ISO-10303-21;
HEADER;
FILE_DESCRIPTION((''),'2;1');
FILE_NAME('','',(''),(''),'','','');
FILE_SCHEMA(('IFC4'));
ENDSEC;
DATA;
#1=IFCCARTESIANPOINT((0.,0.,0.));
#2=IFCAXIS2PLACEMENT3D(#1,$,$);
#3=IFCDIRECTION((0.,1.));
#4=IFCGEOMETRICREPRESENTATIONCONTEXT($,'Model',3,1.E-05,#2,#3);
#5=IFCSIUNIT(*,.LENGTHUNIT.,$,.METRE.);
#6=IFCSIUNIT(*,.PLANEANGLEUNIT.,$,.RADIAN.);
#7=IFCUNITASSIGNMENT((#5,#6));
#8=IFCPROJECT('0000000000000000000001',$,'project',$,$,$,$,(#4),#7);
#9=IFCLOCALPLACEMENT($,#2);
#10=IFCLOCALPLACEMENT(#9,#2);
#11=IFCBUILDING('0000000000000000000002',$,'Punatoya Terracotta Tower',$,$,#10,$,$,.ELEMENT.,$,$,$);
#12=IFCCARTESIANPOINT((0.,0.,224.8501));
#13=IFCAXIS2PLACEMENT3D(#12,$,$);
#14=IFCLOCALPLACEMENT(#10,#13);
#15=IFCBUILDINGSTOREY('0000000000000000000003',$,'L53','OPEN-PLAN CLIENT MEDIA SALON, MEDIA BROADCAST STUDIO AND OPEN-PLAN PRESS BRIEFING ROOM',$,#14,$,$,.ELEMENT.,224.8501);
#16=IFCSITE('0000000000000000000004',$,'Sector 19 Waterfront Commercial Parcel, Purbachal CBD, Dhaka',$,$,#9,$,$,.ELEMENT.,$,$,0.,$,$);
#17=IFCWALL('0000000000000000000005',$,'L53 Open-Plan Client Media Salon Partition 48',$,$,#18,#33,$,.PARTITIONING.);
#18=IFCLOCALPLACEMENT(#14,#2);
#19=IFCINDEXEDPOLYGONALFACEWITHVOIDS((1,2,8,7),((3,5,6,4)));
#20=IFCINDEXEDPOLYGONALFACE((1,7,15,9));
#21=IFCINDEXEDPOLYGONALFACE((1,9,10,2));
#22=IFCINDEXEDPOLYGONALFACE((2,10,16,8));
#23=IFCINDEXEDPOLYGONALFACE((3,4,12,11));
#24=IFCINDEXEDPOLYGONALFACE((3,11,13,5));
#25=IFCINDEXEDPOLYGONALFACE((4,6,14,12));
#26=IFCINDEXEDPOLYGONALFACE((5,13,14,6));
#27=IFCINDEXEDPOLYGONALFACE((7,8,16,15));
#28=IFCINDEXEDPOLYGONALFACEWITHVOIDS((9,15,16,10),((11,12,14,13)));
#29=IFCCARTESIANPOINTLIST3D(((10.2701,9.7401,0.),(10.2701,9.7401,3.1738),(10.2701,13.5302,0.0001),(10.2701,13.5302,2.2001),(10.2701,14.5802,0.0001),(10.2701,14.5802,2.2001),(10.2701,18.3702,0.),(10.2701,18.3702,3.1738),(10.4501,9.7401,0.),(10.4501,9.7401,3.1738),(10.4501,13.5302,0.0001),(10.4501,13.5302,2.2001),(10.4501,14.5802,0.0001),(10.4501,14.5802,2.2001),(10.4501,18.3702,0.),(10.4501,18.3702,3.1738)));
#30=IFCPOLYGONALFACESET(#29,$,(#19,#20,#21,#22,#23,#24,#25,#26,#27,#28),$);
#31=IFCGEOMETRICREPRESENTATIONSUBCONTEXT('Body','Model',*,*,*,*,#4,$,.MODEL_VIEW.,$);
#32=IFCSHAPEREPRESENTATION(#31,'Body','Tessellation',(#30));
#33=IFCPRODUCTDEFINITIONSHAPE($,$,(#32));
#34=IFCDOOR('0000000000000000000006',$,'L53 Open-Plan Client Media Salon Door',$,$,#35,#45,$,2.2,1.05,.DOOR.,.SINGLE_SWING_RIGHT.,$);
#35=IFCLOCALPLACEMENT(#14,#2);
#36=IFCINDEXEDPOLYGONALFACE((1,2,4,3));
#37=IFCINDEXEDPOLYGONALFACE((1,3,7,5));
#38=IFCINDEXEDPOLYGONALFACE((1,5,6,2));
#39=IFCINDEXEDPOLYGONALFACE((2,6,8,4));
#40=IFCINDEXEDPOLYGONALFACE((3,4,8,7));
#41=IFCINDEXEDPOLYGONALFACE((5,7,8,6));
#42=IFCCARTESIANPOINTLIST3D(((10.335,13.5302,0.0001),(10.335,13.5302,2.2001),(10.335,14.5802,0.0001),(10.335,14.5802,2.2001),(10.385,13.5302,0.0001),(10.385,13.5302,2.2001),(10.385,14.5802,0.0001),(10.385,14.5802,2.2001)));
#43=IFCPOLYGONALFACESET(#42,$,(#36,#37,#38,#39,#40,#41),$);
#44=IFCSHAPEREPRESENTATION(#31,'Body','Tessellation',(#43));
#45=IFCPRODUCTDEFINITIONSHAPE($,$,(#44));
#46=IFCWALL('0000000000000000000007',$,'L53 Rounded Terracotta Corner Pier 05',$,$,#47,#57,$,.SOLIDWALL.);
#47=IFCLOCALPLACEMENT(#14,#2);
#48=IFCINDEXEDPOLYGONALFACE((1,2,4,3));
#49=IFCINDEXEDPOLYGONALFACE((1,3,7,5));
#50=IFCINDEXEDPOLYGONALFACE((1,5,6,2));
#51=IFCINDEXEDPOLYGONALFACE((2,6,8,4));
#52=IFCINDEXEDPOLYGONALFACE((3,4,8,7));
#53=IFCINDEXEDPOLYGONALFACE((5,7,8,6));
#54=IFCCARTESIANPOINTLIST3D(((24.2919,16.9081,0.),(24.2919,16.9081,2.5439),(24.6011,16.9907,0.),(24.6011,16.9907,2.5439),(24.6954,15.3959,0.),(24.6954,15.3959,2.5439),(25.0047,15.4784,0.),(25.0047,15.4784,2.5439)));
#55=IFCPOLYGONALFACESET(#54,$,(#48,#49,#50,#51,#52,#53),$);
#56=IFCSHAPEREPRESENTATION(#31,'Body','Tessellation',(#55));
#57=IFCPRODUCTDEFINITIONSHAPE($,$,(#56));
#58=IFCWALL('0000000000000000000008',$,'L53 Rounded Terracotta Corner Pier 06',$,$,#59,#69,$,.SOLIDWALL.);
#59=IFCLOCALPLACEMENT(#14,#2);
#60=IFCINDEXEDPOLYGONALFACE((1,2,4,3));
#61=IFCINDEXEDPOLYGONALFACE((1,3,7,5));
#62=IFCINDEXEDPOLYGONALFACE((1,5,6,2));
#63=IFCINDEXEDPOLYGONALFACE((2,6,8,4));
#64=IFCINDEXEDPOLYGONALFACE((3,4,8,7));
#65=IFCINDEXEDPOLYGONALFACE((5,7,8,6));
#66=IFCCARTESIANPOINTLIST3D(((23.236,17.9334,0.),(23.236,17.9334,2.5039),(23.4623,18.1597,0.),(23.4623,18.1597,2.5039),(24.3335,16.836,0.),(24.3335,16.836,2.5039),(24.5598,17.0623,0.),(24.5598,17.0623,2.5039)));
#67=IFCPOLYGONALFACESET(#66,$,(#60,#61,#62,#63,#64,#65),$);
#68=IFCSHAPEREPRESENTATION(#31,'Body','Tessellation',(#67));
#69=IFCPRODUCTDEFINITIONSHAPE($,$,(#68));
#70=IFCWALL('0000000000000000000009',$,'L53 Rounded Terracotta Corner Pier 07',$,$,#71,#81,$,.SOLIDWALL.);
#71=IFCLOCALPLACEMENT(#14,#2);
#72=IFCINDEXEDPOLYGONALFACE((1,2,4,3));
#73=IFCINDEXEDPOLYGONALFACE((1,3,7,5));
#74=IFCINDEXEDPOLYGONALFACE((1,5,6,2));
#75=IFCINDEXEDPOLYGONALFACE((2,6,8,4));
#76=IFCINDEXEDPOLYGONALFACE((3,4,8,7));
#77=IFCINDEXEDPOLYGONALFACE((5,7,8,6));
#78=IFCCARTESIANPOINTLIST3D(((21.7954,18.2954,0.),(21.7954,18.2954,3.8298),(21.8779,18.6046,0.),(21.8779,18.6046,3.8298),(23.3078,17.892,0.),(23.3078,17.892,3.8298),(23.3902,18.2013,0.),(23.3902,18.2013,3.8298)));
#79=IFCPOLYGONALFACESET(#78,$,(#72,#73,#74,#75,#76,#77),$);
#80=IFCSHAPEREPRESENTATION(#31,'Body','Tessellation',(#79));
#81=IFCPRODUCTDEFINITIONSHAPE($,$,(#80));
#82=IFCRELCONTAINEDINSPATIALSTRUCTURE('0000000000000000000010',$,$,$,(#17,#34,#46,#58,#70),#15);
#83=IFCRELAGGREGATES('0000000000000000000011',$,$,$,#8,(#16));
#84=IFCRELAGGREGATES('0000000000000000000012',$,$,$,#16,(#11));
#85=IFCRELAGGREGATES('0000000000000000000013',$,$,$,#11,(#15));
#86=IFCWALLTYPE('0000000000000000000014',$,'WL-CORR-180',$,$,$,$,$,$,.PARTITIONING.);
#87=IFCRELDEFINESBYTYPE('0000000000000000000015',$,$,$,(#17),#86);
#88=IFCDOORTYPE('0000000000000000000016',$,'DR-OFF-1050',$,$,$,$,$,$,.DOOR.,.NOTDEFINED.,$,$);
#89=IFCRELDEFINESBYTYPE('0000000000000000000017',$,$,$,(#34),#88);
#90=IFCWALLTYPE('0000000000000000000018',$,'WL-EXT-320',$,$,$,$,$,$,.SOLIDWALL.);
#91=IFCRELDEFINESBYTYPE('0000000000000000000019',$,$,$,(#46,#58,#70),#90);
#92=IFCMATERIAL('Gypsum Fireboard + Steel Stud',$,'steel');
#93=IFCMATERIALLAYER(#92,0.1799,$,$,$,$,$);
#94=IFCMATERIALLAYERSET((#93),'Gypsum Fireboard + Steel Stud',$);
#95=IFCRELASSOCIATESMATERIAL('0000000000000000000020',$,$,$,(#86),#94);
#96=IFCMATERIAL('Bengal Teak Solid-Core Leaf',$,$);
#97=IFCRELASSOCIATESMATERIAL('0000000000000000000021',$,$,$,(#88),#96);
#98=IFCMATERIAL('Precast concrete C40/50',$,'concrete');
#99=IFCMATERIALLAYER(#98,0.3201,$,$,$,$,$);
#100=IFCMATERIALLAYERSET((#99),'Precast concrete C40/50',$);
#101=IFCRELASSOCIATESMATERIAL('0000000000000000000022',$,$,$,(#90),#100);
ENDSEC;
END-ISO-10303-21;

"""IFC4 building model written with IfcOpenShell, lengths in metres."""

from ifc_helpers import new_model, si_unit, direction, frame, frame_2d, origin, place, context, subcontext, project, spatial, rectangle, extrude, material, layer, layer_set, type_object, element, fill, save


model = new_model("IFC4")

# Units and contexts
model_context = context("Model", 3, precision=1e-05, world=origin(), true_north=direction((0.0, 1.0)))
body_context = subcontext(model_context, "Body", "Model", "MODEL_VIEW")
ifc_project = project(units=[si_unit("LENGTHUNIT", "METRE"), si_unit("PLANEANGLEUNIT", "RADIAN")], contexts=[model_context])

# Site, building, storey
site_placement = place(None, origin())
site = spatial("IfcSite", under=ifc_project, at=site_placement, Name="Sector 19 Waterfront Commercial Parcel, Purbachal CBD, Dhaka", CompositionType="ELEMENT", RefElevation=0.0)
building_placement = place(site_placement, origin())
building = spatial("IfcBuilding", under=site, at=building_placement, Name="Punatoya Terracotta Tower", CompositionType="ELEMENT")
storey_placement = place(building_placement, frame((0.0, 0.0, 224.8501)))
storey = spatial("IfcBuildingStorey", under=building, at=storey_placement, Name="L53", Description="OPEN-PLAN CLIENT MEDIA SALON, MEDIA BROADCAST STUDIO AND OPEN-PLAN PRESS BRIEFING ROOM", CompositionType="ELEMENT", Elevation=224.8501)

# Wall, opening, door
ifc_material_1 = material(Name="Gypsum Fireboard + Steel Stud", Category="steel")
ifc_layer_1 = layer(ifc_material_1, 0.1799)
ifc_layer_set_1 = layer_set([ifc_layer_1], Name="Gypsum Fireboard + Steel Stud")
wall_type_1 = type_object("IfcWallType", Name="WL-CORR-180", PredefinedType="PARTITIONING", material=ifc_layer_set_1)
wall_1_placement = place(storey_placement, frame((10.3601, 18.3701, 0.0), z_axis=(0.0, 0.0, 1.0), x_axis=(0.0, -1.0, 0.0)))
wall_1 = element("IfcWall", 1, at=wall_1_placement, inside=storey, type_object=wall_type_1, Name="L53 Open-Plan Client Media Salon Partition 48", PredefinedType="PARTITIONING", context=body_context, shape_type="SweptSolid", body=[
    extrude(rectangle(XDim=8.6301, YDim=0.1799, at=frame_2d((4.3149, 0.0))), origin(), (0.0, 0.0, 1.0), 3.1738),
])
opening_placement = place(wall_1_placement, frame((3.79, 0.0, 0.0)))
opening = element("IfcOpeningElement", 2, at=opening_placement, cuts=wall_1, PredefinedType="OPENING", context=body_context, shape_type="SweptSolid", body=[
    extrude(rectangle(XDim=1.05, YDim=2.2, at=frame_2d((0.5249, 1.1001))), frame((0.0, 0.0999, 0.0), z_axis=(0.0, -1.0, 0.0), x_axis=(1.0, 0.0, 0.0)), (0.0, 0.0, 1.0), 0.2),
])
ifc_material_2 = material(Name="Bengal Teak Solid-Core Leaf")
door_type = type_object("IfcDoorType", Name="DR-OFF-1050", OperationType="NOTDEFINED", PredefinedType="DOOR", material=ifc_material_2)
door_placement = place(opening_placement, origin())
door = element("IfcDoor", 3, at=door_placement, inside=storey, type_object=door_type, Name="L53 Open-Plan Client Media Salon Door", OperationType="SINGLE_SWING_RIGHT", OverallHeight=2.2, OverallWidth=1.05, PredefinedType="DOOR", context=body_context, shape_type="SweptSolid", body=[
    extrude(rectangle(XDim=1.05, YDim=2.2, at=frame_2d((0.5249, 1.1001))), frame((0.0, 0.0249, 0.0), z_axis=(0.0, -1.0, 0.0), x_axis=(1.0, 0.0, 0.0)), (0.0, 0.0, 1.0), 0.05),
])
fill(opening, door)

# Walls
ifc_material_3 = material(Name="Precast concrete C40/50", Category="concrete")
ifc_layer_2 = layer(ifc_material_3, 0.3201)
ifc_layer_set_2 = layer_set([ifc_layer_2], Name="Precast concrete C40/50")
wall_type_2 = type_object("IfcWallType", Name="WL-EXT-320", PredefinedType="SOLIDWALL", material=ifc_layer_set_2)
wall_2_placement = place(storey_placement, frame((24.8501, 15.437, 0.0), z_axis=(0.0, 0.0, 1.0), x_axis=(-0.257847, 0.966186, 0.0)))
element("IfcWall", 4, at=wall_2_placement, inside=storey, type_object=wall_type_2, Name="L53 Rounded Terracotta Corner Pier 05", PredefinedType="SOLIDWALL", context=body_context, shape_type="SweptSolid", body=[
    extrude(rectangle(XDim=1.5652, YDim=0.3201, at=frame_2d((0.7827, 0.0))), origin(), (0.0, 0.0, 1.0), 2.5439),
])
wall_3_placement = place(storey_placement, frame((24.4465, 16.9492, 0.0), z_axis=(0.0, 0.0, 1.0), x_axis=(-0.707107, 0.707107, 0.0)))
element("IfcWall", 5, at=wall_3_placement, inside=storey, type_object=wall_type_2, Name="L53 Rounded Terracotta Corner Pier 06", PredefinedType="SOLIDWALL", context=body_context, shape_type="SweptSolid", body=[
    extrude(rectangle(XDim=1.552, YDim=0.3201, at=frame_2d((0.7759, 0.0))), origin(), (0.0, 0.0, 1.0), 2.5039),
])
wall_4_placement = place(storey_placement, frame((23.3491, 18.0466, 0.0), z_axis=(0.0, 0.0, 1.0), x_axis=(-0.966225, 0.257701, 0.0)))
element("IfcWall", 6, at=wall_4_placement, inside=storey, type_object=wall_type_2, Name="L53 Rounded Terracotta Corner Pier 07", PredefinedType="SOLIDWALL", context=body_context, shape_type="SweptSolid", body=[
    extrude(rectangle(XDim=1.5652, YDim=0.3201, at=frame_2d((0.7827, 0.0))), origin(), (0.0, 0.0, 1.0), 3.8298),
])

save(model, "model.ifc")
